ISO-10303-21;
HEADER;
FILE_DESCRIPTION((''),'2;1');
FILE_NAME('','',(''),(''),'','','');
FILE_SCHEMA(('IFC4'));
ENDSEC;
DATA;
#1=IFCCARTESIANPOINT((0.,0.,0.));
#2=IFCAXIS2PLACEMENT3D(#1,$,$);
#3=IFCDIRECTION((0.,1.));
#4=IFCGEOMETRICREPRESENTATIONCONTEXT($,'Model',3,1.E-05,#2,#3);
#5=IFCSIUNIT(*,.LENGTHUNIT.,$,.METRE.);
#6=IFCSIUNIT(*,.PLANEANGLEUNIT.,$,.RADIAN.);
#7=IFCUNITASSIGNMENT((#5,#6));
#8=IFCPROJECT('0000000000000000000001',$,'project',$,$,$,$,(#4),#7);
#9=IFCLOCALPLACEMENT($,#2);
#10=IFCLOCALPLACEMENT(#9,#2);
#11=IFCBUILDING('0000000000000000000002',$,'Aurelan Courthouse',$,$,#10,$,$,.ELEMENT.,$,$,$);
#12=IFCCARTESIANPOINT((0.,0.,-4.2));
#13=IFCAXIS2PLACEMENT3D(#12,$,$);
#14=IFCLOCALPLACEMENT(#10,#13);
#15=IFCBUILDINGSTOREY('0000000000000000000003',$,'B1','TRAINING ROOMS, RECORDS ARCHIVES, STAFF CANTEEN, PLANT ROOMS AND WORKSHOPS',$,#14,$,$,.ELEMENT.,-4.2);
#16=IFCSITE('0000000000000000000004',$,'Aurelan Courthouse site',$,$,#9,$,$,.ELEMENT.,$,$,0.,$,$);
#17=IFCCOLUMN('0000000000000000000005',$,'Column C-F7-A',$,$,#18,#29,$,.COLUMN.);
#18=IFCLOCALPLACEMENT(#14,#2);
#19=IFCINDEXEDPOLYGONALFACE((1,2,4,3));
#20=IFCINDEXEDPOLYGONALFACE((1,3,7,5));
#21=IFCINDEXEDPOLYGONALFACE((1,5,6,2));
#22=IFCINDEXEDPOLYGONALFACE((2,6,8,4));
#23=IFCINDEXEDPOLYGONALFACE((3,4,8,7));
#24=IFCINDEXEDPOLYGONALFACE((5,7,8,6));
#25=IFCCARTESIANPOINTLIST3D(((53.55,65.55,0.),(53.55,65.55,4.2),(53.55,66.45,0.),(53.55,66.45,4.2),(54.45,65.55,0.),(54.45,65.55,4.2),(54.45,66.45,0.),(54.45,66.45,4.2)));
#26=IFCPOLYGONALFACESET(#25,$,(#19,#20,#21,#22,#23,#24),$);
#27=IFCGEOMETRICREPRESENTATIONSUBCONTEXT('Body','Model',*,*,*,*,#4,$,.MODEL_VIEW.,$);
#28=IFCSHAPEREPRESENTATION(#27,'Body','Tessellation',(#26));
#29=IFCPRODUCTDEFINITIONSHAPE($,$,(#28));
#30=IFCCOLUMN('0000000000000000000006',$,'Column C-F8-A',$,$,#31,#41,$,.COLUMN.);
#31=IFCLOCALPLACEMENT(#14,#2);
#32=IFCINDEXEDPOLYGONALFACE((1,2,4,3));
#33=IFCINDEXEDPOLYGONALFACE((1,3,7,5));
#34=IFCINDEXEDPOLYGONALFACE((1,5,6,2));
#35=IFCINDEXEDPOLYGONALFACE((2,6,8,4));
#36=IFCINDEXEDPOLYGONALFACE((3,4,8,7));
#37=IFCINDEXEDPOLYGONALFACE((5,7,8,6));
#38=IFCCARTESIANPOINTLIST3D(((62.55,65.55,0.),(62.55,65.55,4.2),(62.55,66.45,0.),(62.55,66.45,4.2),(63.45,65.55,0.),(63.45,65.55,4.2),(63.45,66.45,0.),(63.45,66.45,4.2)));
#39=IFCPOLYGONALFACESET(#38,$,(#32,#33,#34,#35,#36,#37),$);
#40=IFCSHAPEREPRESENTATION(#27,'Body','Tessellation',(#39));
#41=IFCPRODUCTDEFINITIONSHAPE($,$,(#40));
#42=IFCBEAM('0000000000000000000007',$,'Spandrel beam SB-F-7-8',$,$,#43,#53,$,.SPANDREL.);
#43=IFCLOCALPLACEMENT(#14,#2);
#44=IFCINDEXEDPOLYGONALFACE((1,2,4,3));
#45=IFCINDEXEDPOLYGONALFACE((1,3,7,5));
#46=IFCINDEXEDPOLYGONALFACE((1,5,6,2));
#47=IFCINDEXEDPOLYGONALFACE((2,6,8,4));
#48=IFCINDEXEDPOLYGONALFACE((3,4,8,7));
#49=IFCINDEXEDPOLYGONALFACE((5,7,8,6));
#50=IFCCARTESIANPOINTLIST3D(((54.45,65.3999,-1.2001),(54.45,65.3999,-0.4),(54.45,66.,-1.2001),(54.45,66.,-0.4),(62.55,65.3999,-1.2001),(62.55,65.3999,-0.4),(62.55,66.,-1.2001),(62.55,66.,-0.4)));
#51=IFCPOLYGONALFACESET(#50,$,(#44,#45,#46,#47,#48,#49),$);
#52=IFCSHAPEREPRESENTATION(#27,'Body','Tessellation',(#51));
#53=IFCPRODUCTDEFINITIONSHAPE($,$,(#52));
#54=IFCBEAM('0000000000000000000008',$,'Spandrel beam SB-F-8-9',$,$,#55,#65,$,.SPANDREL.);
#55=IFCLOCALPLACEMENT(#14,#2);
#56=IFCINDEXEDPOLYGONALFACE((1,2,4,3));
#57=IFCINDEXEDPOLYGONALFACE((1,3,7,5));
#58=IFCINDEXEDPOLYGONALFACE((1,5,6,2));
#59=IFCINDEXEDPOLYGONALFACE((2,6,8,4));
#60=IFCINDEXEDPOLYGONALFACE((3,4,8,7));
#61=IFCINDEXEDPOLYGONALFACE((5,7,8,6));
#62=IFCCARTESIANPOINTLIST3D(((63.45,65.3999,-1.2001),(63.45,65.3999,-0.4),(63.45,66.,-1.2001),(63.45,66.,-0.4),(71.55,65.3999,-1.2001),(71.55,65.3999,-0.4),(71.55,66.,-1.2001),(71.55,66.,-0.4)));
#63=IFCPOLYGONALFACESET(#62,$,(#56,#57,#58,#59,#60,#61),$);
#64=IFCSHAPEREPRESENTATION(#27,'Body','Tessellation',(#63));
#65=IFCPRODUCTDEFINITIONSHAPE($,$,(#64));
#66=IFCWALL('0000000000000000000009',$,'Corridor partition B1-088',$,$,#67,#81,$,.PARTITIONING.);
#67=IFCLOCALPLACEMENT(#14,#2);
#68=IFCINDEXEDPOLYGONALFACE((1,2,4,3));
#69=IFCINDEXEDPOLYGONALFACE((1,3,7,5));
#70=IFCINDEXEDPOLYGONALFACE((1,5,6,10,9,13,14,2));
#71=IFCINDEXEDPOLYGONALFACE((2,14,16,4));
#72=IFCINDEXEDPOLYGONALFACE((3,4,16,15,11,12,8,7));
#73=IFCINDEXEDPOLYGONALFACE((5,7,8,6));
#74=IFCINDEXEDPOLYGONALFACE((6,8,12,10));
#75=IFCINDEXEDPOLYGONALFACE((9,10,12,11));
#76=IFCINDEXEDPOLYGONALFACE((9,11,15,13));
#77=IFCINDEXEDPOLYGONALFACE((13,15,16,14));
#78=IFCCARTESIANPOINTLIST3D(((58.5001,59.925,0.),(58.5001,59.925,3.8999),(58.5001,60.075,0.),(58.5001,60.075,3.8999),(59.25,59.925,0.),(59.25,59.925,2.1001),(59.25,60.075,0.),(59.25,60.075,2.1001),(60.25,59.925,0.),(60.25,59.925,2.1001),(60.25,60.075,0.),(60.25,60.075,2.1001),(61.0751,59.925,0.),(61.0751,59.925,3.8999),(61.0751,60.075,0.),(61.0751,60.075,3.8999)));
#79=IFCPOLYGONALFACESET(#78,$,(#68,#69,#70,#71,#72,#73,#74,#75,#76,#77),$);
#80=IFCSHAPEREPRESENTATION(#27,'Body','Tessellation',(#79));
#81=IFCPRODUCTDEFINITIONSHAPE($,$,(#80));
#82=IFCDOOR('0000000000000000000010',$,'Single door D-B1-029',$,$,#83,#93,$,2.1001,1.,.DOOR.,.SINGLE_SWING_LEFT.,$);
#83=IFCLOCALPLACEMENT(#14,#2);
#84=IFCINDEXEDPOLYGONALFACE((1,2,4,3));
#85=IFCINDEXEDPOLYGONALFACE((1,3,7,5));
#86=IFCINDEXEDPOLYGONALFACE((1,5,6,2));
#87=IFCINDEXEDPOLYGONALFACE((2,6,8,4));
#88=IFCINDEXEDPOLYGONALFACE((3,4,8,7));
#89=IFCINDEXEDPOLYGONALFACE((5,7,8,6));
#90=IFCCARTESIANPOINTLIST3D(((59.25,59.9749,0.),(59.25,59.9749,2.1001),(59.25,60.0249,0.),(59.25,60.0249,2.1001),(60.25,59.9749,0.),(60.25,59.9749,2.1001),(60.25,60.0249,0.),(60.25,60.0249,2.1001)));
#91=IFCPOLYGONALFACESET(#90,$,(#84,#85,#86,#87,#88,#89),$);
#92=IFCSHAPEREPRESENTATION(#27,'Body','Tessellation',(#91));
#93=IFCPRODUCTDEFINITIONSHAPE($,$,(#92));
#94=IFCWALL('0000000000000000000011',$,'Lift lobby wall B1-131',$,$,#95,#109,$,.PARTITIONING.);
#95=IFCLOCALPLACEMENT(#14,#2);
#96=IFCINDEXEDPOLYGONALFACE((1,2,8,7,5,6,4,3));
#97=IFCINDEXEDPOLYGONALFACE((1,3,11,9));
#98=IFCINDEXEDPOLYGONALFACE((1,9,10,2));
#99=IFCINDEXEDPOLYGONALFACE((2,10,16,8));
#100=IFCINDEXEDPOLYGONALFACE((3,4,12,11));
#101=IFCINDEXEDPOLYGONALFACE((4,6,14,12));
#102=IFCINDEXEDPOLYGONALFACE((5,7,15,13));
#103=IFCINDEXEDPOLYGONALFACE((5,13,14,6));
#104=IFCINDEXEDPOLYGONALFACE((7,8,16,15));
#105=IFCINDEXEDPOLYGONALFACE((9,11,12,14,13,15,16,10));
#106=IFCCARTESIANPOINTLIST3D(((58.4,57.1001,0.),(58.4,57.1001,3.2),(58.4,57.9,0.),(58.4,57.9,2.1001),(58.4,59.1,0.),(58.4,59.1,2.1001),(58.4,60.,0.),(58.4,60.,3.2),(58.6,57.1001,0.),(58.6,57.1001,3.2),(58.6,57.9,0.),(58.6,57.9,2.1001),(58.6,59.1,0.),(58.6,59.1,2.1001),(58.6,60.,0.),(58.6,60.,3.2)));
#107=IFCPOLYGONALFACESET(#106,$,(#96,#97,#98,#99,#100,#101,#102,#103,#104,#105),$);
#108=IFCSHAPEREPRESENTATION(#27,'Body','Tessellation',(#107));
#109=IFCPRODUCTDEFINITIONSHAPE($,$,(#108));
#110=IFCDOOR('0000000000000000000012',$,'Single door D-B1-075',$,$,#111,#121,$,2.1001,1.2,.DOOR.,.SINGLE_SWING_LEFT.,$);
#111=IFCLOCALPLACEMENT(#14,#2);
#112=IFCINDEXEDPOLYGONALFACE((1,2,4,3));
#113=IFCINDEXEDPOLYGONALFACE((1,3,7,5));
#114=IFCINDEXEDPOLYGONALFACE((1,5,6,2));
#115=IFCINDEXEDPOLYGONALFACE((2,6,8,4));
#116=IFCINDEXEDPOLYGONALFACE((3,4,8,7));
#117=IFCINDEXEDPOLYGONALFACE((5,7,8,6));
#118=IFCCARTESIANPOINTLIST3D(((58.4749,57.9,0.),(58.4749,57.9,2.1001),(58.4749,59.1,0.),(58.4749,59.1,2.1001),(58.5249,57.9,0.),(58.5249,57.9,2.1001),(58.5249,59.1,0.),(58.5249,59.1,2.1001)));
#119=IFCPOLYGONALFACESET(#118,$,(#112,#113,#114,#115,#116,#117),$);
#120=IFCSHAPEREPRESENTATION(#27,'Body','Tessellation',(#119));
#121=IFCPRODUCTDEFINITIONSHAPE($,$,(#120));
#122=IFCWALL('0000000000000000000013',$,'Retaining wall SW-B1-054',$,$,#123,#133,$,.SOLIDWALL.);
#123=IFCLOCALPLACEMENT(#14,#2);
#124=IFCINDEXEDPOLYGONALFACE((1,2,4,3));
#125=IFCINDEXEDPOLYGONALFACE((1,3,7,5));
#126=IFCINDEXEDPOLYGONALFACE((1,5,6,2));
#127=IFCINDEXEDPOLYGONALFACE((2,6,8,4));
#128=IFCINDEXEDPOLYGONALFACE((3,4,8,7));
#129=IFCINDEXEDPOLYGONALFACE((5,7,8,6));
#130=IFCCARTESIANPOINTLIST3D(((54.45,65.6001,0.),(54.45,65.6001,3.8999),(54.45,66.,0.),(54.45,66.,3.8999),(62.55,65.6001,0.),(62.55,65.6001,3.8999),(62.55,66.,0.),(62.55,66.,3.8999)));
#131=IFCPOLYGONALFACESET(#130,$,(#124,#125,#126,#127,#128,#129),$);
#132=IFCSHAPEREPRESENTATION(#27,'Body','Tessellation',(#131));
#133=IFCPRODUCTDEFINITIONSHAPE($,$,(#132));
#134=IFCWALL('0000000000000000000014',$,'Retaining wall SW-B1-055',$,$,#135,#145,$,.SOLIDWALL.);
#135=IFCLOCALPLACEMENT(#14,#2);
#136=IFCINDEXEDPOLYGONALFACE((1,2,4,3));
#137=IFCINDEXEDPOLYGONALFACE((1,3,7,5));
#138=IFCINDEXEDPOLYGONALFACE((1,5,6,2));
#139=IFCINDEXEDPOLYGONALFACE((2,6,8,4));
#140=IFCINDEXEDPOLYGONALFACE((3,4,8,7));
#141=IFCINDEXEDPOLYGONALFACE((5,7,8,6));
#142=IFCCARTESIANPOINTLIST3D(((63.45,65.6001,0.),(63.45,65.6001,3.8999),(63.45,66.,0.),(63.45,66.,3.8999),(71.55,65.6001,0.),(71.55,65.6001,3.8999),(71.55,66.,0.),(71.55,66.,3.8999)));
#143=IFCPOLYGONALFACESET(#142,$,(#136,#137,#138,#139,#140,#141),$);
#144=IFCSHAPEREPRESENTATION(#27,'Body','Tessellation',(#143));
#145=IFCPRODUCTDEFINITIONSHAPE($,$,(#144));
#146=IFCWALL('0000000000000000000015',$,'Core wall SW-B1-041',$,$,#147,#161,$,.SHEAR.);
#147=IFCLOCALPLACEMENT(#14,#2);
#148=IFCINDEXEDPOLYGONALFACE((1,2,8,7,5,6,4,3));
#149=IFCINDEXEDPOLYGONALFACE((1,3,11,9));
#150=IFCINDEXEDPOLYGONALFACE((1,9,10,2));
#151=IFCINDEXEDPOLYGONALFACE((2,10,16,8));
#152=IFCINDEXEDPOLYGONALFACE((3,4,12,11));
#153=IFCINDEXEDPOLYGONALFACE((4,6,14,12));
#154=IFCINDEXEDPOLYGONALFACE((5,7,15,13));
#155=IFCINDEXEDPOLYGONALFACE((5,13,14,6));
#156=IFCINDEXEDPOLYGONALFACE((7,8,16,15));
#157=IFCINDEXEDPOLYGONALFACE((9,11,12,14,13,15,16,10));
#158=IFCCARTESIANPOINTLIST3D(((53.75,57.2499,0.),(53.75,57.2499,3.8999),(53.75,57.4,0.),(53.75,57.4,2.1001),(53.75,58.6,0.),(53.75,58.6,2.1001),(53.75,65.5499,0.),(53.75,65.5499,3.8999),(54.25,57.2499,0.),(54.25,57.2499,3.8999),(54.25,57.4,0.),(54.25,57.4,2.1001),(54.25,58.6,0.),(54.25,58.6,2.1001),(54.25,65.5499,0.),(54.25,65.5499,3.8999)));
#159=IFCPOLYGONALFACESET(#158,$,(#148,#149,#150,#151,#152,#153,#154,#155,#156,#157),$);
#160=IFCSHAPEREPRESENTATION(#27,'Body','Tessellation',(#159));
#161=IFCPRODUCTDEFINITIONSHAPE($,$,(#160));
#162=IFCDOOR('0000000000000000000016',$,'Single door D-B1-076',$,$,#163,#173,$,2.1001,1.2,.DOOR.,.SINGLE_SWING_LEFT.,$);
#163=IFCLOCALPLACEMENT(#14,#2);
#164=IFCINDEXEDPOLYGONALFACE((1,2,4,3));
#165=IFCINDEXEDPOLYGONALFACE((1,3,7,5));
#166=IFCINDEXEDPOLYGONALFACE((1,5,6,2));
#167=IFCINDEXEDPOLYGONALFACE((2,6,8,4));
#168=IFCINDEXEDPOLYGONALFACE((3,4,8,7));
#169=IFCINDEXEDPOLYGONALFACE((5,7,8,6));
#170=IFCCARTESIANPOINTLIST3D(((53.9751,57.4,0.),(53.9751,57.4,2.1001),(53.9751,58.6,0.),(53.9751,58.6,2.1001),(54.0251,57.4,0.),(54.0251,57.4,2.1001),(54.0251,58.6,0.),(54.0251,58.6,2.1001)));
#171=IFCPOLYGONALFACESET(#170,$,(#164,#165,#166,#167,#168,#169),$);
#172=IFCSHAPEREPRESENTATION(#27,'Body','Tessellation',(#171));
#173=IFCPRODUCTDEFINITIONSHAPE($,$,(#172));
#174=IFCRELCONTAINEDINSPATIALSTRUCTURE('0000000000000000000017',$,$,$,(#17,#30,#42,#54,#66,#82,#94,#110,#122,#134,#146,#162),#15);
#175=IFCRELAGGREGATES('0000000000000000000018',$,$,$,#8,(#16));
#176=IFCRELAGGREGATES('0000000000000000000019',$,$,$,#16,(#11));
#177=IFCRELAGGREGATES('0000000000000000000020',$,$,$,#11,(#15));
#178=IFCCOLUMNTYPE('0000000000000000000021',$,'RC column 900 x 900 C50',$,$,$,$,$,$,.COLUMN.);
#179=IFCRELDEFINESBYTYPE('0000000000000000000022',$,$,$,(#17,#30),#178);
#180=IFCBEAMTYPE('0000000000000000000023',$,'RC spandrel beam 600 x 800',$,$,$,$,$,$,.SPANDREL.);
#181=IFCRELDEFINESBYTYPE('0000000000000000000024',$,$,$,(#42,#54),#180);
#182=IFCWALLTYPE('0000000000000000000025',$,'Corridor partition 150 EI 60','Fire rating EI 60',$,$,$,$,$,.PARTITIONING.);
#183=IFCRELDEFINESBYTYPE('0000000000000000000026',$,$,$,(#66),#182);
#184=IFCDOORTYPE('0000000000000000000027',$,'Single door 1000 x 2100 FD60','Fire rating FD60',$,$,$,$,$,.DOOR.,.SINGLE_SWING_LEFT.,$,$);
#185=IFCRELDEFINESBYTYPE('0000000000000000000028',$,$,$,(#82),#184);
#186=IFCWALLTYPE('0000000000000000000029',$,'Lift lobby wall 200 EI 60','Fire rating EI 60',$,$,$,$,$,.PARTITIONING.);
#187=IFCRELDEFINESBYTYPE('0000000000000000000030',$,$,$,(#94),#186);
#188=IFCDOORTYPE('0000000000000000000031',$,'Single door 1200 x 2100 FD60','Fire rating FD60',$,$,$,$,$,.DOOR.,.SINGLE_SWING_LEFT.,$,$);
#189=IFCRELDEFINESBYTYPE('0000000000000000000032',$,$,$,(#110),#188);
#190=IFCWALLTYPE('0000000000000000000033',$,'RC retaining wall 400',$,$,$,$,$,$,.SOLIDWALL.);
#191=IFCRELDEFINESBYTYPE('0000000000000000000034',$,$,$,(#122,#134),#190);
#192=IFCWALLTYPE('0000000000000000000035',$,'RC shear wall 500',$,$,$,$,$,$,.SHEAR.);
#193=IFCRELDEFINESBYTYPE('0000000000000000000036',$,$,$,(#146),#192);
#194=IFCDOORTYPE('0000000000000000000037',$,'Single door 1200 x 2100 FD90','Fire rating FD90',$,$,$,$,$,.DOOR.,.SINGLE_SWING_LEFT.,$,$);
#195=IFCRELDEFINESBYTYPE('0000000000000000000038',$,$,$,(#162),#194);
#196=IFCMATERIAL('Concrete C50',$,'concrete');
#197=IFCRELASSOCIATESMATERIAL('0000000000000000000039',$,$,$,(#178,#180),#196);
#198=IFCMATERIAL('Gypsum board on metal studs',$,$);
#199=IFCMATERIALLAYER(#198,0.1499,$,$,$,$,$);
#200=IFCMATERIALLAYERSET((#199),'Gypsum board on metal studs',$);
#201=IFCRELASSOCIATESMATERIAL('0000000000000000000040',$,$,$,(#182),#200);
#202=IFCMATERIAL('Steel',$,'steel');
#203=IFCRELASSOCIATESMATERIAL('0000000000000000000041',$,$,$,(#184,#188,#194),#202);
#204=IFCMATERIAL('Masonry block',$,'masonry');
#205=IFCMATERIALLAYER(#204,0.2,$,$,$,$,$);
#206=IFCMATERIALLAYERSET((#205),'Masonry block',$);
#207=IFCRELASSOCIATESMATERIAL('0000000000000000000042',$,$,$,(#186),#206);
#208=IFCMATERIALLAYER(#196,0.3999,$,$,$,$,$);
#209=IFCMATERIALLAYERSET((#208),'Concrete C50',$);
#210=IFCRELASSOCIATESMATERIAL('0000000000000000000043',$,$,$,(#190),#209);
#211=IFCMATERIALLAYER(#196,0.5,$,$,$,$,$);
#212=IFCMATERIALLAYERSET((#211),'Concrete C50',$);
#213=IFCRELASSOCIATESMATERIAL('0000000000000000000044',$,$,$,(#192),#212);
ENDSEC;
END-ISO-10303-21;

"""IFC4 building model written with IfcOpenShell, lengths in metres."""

from ifc_helpers import new_model, si_unit, direction, frame, frame_2d, origin, origin_2d, place, context, subcontext, project, spatial, rectangle, extrude, material, layer, layer_set, material_profile, profile_set, type_object, element, fill, save


model = new_model("IFC4")

# Units and contexts
model_context = context("Model", 3, precision=1e-05, world=origin(), true_north=direction((0.0, 1.0)))
body_context = subcontext(model_context, "Body", "Model", "MODEL_VIEW")
ifc_project = project(units=[si_unit("LENGTHUNIT", "METRE"), si_unit("PLANEANGLEUNIT", "RADIAN")], contexts=[model_context])

# Site, building, storey
site_placement = place(None, origin())
site = spatial("IfcSite", under=ifc_project, at=site_placement, Name="Aurelan Courthouse site", CompositionType="ELEMENT", RefElevation=0.0)
building_placement = place(site_placement, origin())
building = spatial("IfcBuilding", under=site, at=building_placement, Name="Aurelan Courthouse", CompositionType="ELEMENT")
storey_placement = place(building_placement, frame((0.0, 0.0, -4.2)))
storey = spatial("IfcBuildingStorey", under=building, at=storey_placement, Name="B1", Description="TRAINING ROOMS, RECORDS ARCHIVES, STAFF CANTEEN, PLANT ROOMS AND WORKSHOPS", CompositionType="ELEMENT", Elevation=-4.2)

# Columns
ifc_material_1 = material(Name="Concrete C50", Category="concrete")
ifc_material_profile_1 = material_profile(ifc_material_1, rectangle(XDim=0.8999, YDim=0.8999, at=origin_2d()), Name="RC 900 x 900")
ifc_profile_set_1 = profile_set([ifc_material_profile_1], Name="Concrete C50")
column_type = type_object("IfcColumnType", Name="RC column 900 x 900 C50", PredefinedType="COLUMN", material=ifc_profile_set_1)
for number, where, z_axis, x_axis, name in (
    (1, (54.0, 66.0, 0.0), (0.0, 0.0, 1.0), (1.0, 0.0, 0.0), "Column C-F7-A"),
    (2, (63.0, 66.0, 0.0), (0.0, 0.0, 1.0), (1.0, 0.0, 0.0), "Column C-F8-A"),
):
    element("IfcColumn", number, at=place(storey_placement, frame(where, z_axis=z_axis, x_axis=x_axis)), inside=storey, type_object=column_type, Name=name, PredefinedType="COLUMN", context=body_context, shape_type="SweptSolid", body=[
        extrude(rectangle(XDim=0.8999, YDim=0.8999, at=origin_2d()), origin(), (0.0, 0.0, 1.0), 4.2),
    ])

# Beams
ifc_material_profile_2 = material_profile(ifc_material_1, rectangle(XDim=0.6001, YDim=0.8, at=origin_2d()), Name="RC 600 x 800")
ifc_profile_set_2 = profile_set([ifc_material_profile_2], Name="Concrete C50")
beam_type = type_object("IfcBeamType", Name="RC spandrel beam 600 x 800", PredefinedType="SPANDREL", material=ifc_profile_set_2)
for number, where, z_axis, x_axis, name in (
    (3, (54.45, 65.7, -0.8), (1.0, 0.0, 0.0), (0.0, 1.0, 0.0), "Spandrel beam SB-F-7-8"),
    (4, (63.45, 65.7, -0.8), (1.0, 0.0, 0.0), (0.0, 1.0, 0.0), "Spandrel beam SB-F-8-9"),
):
    element("IfcBeam", number, at=place(storey_placement, frame(where, z_axis=z_axis, x_axis=x_axis)), inside=storey, type_object=beam_type, Name=name, PredefinedType="SPANDREL", context=body_context, shape_type="SweptSolid", body=[
        extrude(rectangle(XDim=0.6001, YDim=0.8, at=origin_2d()), origin(), (0.0, 0.0, 1.0), 8.1001),
    ])

# Walls, openings, doors
ifc_material_2 = material(Name="Gypsum board on metal studs")
ifc_layer_1 = layer(ifc_material_2, 0.1499)
ifc_layer_set_1 = layer_set([ifc_layer_1], Name="Gypsum board on metal studs")
wall_type_1 = type_object("IfcWallType", Name="Corridor partition 150 EI 60", Description="Fire rating EI 60", PredefinedType="PARTITIONING", material=ifc_layer_set_1)
wall_1_placement = place(storey_placement, frame((58.5, 60.0, 0.0), z_axis=(0.0, 0.0, 1.0), x_axis=(1.0, 0.0, 0.0)))
wall_1 = element("IfcWall", 5, at=wall_1_placement, inside=storey, type_object=wall_type_1, Name="Corridor partition B1-088", PredefinedType="PARTITIONING", context=body_context, shape_type="SweptSolid", body=[
    extrude(rectangle(XDim=2.575, YDim=0.1499, at=frame_2d((1.2876, 0.0))), origin(), (0.0, 0.0, 1.0), 3.8999),
])
opening_1_placement = place(wall_1_placement, frame((0.75, 0.0, 0.0)))
opening_1 = element("IfcOpeningElement", 6, at=opening_1_placement, cuts=wall_1, PredefinedType="OPENING", context=body_context, shape_type="SweptSolid", body=[
    extrude(rectangle(XDim=1.0, YDim=2.1001, at=frame_2d((0.5, 1.05))), frame((0.0, 0.085, 0.0), z_axis=(0.0, -1.0, 0.0), x_axis=(1.0, 0.0, 0.0)), (0.0, 0.0, 1.0), 0.1699),
])
ifc_material_3 = material(Name="Steel", Category="steel")
door_type_1 = type_object("IfcDoorType", Name="Single door 1000 x 2100 FD60", Description="Fire rating FD60", OperationType="SINGLE_SWING_LEFT", PredefinedType="DOOR", material=ifc_material_3)
door_1_placement = place(opening_1_placement, origin())
door_1 = element("IfcDoor", 7, at=door_1_placement, inside=storey, type_object=door_type_1, Name="Single door D-B1-029", OperationType="SINGLE_SWING_LEFT", OverallHeight=2.1001, OverallWidth=1.0, PredefinedType="DOOR", context=body_context, shape_type="SweptSolid", body=[
    extrude(rectangle(XDim=1.0, YDim=2.1001, at=frame_2d((0.5, 1.05))), frame((0.0, 0.0249, 0.0), z_axis=(0.0, -1.0, 0.0), x_axis=(1.0, 0.0, 0.0)), (0.0, 0.0, 1.0), 0.05),
])
fill(opening_1, door_1)
ifc_material_4 = material(Name="Masonry block", Category="masonry")
ifc_layer_2 = layer(ifc_material_4, 0.2)
ifc_layer_set_2 = layer_set([ifc_layer_2], Name="Masonry block")
wall_type_2 = type_object("IfcWallType", Name="Lift lobby wall 200 EI 60", Description="Fire rating EI 60", PredefinedType="PARTITIONING", material=ifc_layer_set_2)
wall_2_placement = place(storey_placement, frame((58.5, 57.1001, 0.0), z_axis=(0.0, 0.0, 1.0), x_axis=(0.0, 1.0, 0.0)))
wall_2 = element("IfcWall", 8, at=wall_2_placement, inside=storey, type_object=wall_type_2, Name="Lift lobby wall B1-131", PredefinedType="PARTITIONING", context=body_context, shape_type="SweptSolid", body=[
    extrude(rectangle(XDim=2.8999, YDim=0.2, at=frame_2d((1.45, 0.0))), origin(), (0.0, 0.0, 1.0), 3.2),
])
opening_2_placement = place(wall_2_placement, frame((2.0, 0.0, 0.0), z_axis=(0.0, 0.0, 1.0), x_axis=(-1.0, 0.0, 0.0)))
opening_2 = element("IfcOpeningElement", 9, at=opening_2_placement, cuts=wall_2, PredefinedType="OPENING", context=body_context, shape_type="SweptSolid", body=[
    extrude(rectangle(XDim=1.2, YDim=2.1001, at=frame_2d((0.6001, 1.05))), frame((0.0, 0.1099, 0.0), z_axis=(0.0, -1.0, 0.0), x_axis=(1.0, 0.0, 0.0)), (0.0, 0.0, 1.0), 0.22),
])
door_type_2 = type_object("IfcDoorType", Name="Single door 1200 x 2100 FD60", Description="Fire rating FD60", OperationType="SINGLE_SWING_LEFT", PredefinedType="DOOR", material=ifc_material_3)
door_2_placement = place(opening_2_placement, origin())
door_2 = element("IfcDoor", 10, at=door_2_placement, inside=storey, type_object=door_type_2, Name="Single door D-B1-075", OperationType="SINGLE_SWING_LEFT", OverallHeight=2.1001, OverallWidth=1.2, PredefinedType="DOOR", context=body_context, shape_type="SweptSolid", body=[
    extrude(rectangle(XDim=1.2, YDim=2.1001, at=frame_2d((0.6001, 1.05))), frame((0.0, 0.0249, 0.0), z_axis=(0.0, -1.0, 0.0), x_axis=(1.0, 0.0, 0.0)), (0.0, 0.0, 1.0), 0.05),
])
fill(opening_2, door_2)

# Walls
ifc_layer_3 = layer(ifc_material_1, 0.3999)
ifc_layer_set_3 = layer_set([ifc_layer_3], Name="Concrete C50")
wall_type_3 = type_object("IfcWallType", Name="RC retaining wall 400", PredefinedType="SOLIDWALL", material=ifc_layer_set_3)
for number, where, z_axis, x_axis, name in (
    (11, (54.45, 65.8, 0.0), (0.0, 0.0, 1.0), (1.0, 0.0, 0.0), "Retaining wall SW-B1-054"),
    (12, (63.45, 65.8, 0.0), (0.0, 0.0, 1.0), (1.0, 0.0, 0.0), "Retaining wall SW-B1-055"),
):
    element("IfcWall", number, at=place(storey_placement, frame(where, z_axis=z_axis, x_axis=x_axis)), inside=storey, type_object=wall_type_3, Name=name, PredefinedType="SOLIDWALL", context=body_context, shape_type="SweptSolid", body=[
        extrude(rectangle(XDim=8.1001, YDim=0.3999, at=frame_2d((4.05, 0.0))), origin(), (0.0, 0.0, 1.0), 3.8999),
    ])

# Wall, opening, door
ifc_layer_4 = layer(ifc_material_1, 0.5)
ifc_layer_set_4 = layer_set([ifc_layer_4], Name="Concrete C50")
wall_type_4 = type_object("IfcWallType", Name="RC shear wall 500", PredefinedType="SHEAR", material=ifc_layer_set_4)
wall_3_placement = place(storey_placement, frame((54.0, 57.25, 0.0), z_axis=(0.0, 0.0, 1.0), x_axis=(0.0, 1.0, 0.0)))
wall_3 = element("IfcWall", 13, at=wall_3_placement, inside=storey, type_object=wall_type_4, Name="Core wall SW-B1-041", PredefinedType="SHEAR", context=body_context, shape_type="SweptSolid", body=[
    extrude(rectangle(XDim=8.3, YDim=0.5, at=frame_2d((4.1499, 0.0))), origin(), (0.0, 0.0, 1.0), 3.8999),
])
opening_3_placement = place(wall_3_placement, frame((0.1499, 0.0, 0.0)))
opening_3 = element("IfcOpeningElement", 14, at=opening_3_placement, cuts=wall_3, PredefinedType="OPENING", context=body_context, shape_type="SweptSolid", body=[
    extrude(rectangle(XDim=1.2, YDim=2.1001, at=frame_2d((0.6001, 1.05))), frame((0.0, 0.26, 0.0), z_axis=(0.0, -1.0, 0.0), x_axis=(1.0, 0.0, 0.0)), (0.0, 0.0, 1.0), 0.52),
])
door_type_3 = type_object("IfcDoorType", Name="Single door 1200 x 2100 FD90", Description="Fire rating FD90", OperationType="SINGLE_SWING_LEFT", PredefinedType="DOOR", material=ifc_material_3)
door_3_placement = place(opening_3_placement, origin())
door_3 = element("IfcDoor", 15, at=door_3_placement, inside=storey, type_object=door_type_3, Name="Single door D-B1-076", OperationType="SINGLE_SWING_LEFT", OverallHeight=2.1001, OverallWidth=1.2, PredefinedType="DOOR", context=body_context, shape_type="SweptSolid", body=[
    extrude(rectangle(XDim=1.2, YDim=2.1001, at=frame_2d((0.6001, 1.05))), frame((0.0, 0.0249, 0.0), z_axis=(0.0, -1.0, 0.0), x_axis=(1.0, 0.0, 0.0)), (0.0, 0.0, 1.0), 0.05),
])
fill(opening_3, door_3)

save(model, "model.ifc")
